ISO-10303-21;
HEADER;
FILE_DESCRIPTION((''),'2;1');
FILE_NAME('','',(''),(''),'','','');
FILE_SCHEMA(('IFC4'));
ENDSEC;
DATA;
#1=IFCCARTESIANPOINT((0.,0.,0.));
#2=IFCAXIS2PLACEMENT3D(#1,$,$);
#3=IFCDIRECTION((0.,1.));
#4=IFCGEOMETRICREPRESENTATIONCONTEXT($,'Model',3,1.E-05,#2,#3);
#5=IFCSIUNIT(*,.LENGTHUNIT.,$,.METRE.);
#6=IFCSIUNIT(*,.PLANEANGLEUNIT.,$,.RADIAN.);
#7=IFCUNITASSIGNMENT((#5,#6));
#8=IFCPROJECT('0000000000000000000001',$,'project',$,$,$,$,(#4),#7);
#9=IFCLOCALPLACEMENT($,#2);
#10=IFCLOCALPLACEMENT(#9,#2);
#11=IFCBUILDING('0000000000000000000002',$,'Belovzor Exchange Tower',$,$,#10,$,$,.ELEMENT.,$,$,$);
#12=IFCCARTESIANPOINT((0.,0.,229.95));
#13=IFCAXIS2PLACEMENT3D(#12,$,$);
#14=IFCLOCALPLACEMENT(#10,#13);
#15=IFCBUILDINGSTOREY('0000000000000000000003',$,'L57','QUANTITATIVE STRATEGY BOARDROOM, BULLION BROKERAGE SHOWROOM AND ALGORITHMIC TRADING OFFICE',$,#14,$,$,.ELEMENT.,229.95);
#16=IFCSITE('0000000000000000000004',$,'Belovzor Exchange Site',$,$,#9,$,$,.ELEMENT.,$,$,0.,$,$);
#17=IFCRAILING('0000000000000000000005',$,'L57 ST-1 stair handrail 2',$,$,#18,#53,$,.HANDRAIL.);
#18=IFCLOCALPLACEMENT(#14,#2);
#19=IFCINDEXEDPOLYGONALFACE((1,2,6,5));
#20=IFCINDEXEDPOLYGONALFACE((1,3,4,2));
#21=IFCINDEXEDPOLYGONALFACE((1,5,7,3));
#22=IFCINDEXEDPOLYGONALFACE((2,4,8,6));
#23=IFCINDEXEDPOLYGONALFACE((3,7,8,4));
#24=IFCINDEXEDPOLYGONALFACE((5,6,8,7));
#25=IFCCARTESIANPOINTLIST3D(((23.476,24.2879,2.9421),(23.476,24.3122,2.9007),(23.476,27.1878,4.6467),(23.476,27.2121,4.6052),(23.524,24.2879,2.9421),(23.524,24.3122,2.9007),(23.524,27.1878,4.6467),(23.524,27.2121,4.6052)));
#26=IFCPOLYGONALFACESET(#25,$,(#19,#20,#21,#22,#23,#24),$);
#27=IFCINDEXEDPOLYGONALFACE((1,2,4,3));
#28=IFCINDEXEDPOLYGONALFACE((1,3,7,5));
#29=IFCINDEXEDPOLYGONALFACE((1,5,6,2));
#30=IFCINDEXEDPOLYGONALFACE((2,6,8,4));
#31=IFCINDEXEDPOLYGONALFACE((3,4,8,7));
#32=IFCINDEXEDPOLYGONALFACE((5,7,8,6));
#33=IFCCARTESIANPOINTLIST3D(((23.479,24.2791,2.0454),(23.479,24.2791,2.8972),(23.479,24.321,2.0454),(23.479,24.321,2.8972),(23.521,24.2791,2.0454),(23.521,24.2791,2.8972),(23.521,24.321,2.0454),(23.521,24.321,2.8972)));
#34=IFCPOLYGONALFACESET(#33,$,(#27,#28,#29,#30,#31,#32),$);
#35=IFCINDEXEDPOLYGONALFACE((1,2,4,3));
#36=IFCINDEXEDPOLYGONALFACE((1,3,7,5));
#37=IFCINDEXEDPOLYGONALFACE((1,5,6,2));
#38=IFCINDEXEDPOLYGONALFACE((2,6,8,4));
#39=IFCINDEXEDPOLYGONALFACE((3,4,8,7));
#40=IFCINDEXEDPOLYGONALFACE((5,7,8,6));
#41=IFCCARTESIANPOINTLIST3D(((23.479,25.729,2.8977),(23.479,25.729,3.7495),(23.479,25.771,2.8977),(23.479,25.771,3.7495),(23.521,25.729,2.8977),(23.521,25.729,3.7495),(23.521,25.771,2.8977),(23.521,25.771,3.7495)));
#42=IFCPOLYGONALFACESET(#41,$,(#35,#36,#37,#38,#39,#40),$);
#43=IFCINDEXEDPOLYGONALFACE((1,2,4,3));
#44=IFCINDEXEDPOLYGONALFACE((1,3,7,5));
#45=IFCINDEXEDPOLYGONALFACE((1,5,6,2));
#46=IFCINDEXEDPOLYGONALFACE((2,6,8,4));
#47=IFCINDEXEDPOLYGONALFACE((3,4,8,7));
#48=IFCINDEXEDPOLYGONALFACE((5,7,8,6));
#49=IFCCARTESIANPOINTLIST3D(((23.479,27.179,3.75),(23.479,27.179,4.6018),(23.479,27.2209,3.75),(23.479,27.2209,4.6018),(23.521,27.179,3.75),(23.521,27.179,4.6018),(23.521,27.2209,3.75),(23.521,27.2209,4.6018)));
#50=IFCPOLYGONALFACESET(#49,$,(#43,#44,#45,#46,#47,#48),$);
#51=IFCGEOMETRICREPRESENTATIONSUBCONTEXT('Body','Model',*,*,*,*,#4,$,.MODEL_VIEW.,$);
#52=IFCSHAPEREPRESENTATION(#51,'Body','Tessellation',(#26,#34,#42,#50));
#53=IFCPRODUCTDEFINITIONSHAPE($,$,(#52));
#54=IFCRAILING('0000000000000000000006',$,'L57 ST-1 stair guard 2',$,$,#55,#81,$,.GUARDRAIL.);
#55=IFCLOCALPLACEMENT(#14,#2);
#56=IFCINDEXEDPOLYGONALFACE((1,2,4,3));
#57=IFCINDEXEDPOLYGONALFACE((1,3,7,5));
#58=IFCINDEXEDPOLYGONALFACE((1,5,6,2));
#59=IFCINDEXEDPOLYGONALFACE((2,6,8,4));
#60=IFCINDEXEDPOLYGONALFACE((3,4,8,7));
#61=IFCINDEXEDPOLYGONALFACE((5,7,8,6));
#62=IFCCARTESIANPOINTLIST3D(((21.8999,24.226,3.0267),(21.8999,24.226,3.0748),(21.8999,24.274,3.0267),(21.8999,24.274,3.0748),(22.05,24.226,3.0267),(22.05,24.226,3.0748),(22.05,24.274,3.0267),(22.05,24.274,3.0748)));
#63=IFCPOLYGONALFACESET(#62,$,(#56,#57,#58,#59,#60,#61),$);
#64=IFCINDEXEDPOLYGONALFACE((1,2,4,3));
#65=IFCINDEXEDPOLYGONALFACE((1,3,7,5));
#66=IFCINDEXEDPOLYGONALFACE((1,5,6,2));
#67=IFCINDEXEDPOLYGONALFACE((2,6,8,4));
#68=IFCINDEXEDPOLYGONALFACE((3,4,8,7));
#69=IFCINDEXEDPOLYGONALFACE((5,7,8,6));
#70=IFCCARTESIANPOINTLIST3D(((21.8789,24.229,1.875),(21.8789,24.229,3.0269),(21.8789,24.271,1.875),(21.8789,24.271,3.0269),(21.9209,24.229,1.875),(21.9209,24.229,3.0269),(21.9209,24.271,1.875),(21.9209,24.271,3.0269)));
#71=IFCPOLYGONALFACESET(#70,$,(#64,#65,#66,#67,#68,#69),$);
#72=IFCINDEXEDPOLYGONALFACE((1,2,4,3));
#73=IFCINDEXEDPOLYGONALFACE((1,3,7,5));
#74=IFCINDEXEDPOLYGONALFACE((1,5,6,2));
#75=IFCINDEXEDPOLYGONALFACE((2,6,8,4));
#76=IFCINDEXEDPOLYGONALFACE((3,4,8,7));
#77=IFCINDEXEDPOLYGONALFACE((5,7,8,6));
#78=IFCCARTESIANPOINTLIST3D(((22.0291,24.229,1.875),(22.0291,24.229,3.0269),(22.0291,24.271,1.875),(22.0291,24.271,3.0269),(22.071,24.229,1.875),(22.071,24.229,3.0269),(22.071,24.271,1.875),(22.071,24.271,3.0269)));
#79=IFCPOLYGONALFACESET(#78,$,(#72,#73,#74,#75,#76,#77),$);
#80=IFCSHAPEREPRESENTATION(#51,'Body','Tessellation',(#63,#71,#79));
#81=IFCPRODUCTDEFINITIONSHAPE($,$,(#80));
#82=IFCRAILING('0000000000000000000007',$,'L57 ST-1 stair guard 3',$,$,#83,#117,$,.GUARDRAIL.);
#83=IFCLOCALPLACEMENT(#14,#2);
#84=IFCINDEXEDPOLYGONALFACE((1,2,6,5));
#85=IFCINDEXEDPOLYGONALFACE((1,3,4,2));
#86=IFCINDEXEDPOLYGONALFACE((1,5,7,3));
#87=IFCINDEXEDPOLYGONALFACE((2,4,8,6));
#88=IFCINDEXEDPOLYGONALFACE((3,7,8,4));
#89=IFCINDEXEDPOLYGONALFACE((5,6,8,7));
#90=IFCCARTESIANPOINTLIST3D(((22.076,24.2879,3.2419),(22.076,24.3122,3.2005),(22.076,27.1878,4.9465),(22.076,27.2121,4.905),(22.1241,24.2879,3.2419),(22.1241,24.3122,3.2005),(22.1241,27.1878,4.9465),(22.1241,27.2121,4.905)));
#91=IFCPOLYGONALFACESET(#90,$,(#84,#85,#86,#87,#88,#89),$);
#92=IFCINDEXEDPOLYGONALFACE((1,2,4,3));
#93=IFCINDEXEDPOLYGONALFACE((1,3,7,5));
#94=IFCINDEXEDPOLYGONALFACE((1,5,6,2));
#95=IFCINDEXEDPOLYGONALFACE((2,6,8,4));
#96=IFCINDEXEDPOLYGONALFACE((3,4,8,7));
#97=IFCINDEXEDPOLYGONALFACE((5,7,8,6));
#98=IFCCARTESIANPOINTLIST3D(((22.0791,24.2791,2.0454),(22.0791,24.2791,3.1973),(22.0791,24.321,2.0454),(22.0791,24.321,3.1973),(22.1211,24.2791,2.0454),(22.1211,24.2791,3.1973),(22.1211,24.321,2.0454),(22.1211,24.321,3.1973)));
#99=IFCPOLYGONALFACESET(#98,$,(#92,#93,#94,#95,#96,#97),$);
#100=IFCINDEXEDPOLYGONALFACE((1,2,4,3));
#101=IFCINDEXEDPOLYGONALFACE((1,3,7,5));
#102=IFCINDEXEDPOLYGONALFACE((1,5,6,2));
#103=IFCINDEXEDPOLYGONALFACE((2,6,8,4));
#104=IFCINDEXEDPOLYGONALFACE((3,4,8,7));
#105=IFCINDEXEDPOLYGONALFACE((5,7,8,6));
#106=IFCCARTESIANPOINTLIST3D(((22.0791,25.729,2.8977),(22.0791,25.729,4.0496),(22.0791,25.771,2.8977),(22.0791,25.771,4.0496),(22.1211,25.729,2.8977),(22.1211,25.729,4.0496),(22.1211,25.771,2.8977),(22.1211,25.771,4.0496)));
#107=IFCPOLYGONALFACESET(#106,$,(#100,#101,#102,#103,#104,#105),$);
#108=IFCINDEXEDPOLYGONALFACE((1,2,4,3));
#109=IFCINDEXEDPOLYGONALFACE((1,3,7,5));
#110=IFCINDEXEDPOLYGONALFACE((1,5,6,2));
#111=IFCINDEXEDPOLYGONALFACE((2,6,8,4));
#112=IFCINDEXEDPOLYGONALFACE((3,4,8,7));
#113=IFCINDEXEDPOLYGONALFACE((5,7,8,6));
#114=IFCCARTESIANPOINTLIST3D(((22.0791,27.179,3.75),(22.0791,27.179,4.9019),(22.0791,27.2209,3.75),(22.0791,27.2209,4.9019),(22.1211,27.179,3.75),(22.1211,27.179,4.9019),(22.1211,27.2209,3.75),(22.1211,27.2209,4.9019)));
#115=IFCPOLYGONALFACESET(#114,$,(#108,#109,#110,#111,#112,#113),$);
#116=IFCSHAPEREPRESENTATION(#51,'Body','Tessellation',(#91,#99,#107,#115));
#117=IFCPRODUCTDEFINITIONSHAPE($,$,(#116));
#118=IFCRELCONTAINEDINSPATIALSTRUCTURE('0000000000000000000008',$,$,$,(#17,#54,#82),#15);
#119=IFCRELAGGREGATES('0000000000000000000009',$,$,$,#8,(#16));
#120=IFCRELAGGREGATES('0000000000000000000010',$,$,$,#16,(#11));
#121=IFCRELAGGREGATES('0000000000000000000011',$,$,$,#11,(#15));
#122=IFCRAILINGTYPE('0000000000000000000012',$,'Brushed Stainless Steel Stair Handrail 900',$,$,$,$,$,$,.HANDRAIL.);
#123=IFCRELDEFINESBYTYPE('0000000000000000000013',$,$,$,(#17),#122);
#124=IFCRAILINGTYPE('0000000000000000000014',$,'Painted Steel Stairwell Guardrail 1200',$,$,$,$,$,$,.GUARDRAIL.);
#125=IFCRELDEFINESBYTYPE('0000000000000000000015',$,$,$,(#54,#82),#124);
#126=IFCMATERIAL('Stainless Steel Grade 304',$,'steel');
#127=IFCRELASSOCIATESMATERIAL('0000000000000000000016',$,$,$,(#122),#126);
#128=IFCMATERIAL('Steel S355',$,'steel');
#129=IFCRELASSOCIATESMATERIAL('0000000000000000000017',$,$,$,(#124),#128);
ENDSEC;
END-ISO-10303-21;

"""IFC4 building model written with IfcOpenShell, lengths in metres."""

from ifc_helpers import new_model, si_unit, direction, frame, origin, origin_2d, place, context, subcontext, project, spatial, rectangle, extrude, material, type_object, element, save


model = new_model("IFC4")

# Units and contexts
model_context = context("Model", 3, precision=1e-05, world=origin(), true_north=direction((0.0, 1.0)))
body_context = subcontext(model_context, "Body", "Model", "MODEL_VIEW")
ifc_project = project(units=[si_unit("LENGTHUNIT", "METRE"), si_unit("PLANEANGLEUNIT", "RADIAN")], contexts=[model_context])

# Site, building, storey
site_placement = place(None, origin())
site = spatial("IfcSite", under=ifc_project, at=site_placement, Name="Belovzor Exchange Site", CompositionType="ELEMENT", RefElevation=0.0)
building_placement = place(site_placement, origin())
building = spatial("IfcBuilding", under=site, at=building_placement, Name="Belovzor Exchange Tower", CompositionType="ELEMENT")
storey_placement = place(building_placement, frame((0.0, 0.0, 229.95)))
storey = spatial("IfcBuildingStorey", under=building, at=storey_placement, Name="L57", Description="QUANTITATIVE STRATEGY BOARDROOM, BULLION BROKERAGE SHOWROOM AND ALGORITHMIC TRADING OFFICE", CompositionType="ELEMENT", Elevation=229.95)

# Railings
ifc_material_1 = material(Name="Stainless Steel Grade 304", Category="steel")
railing_type_1 = type_object("IfcRailingType", Name="Brushed Stainless Steel Stair Handrail 900", PredefinedType="HANDRAIL", material=ifc_material_1)
railing_1_placement = place(storey_placement, frame((23.5, 24.3, 2.0454)))
element("IfcRailing", 1, at=railing_1_placement, inside=storey, type_object=railing_type_1, Name="L57 ST-1 stair handrail 2", PredefinedType="HANDRAIL", context=body_context, shape_type="SweptSolid", body=[
    extrude(rectangle(XDim=0.0481, YDim=0.0481, at=origin_2d()), frame((0.0, 0.0, 0.876), z_axis=(0.0, 0.862095, 0.506747), x_axis=(-1.0, 0.0, 0.0)), (0.0, 0.0, 1.0), 3.3638),
    extrude(rectangle(XDim=0.042, YDim=0.042, at=origin_2d()), origin(), (0.0, 0.0, 1.0), 0.8518),
    extrude(rectangle(XDim=0.042, YDim=0.042, at=origin_2d()), frame((0.0, 1.45, 0.8523)), (0.0, 0.0, 1.0), 0.8518),
    extrude(rectangle(XDim=0.042, YDim=0.042, at=origin_2d()), frame((0.0, 2.8999, 1.7046)), (0.0, 0.0, 1.0), 0.8518),
])
ifc_material_2 = material(Name="Steel S355", Category="steel")
railing_type_2 = type_object("IfcRailingType", Name="Painted Steel Stairwell Guardrail 1200", PredefinedType="GUARDRAIL", material=ifc_material_2)
railing_2_placement = place(storey_placement, frame((21.8999, 24.25, 1.875)))
element("IfcRailing", 2, at=railing_2_placement, inside=storey, type_object=railing_type_2, Name="L57 ST-1 stair guard 2", PredefinedType="GUARDRAIL", context=body_context, shape_type="SweptSolid", body=[
    extrude(rectangle(XDim=0.0481, YDim=0.0481, at=origin_2d()), frame((0.0, 0.0, 1.1758), z_axis=(1.0, 0.0, 0.0), x_axis=(0.0, 1.0, 0.0)), (0.0, 0.0, 1.0), 0.1501),
    extrude(rectangle(XDim=0.042, YDim=0.042, at=origin_2d()), origin(), (0.0, 0.0, 1.0), 1.1519),
    extrude(rectangle(XDim=0.042, YDim=0.042, at=origin_2d()), frame((0.1501, 0.0, 0.0)), (0.0, 0.0, 1.0), 1.1519),
])
railing_3_placement = place(storey_placement, frame((22.1001, 24.3, 2.0454)))
element("IfcRailing", 3, at=railing_3_placement, inside=storey, type_object=railing_type_2, Name="L57 ST-1 stair guard 3", PredefinedType="GUARDRAIL", context=body_context, shape_type="SweptSolid", body=[
    extrude(rectangle(XDim=0.0481, YDim=0.0481, at=origin_2d()), frame((0.0, 0.0, 1.1758), z_axis=(0.0, 0.862095, 0.506747), x_axis=(-1.0, 0.0, 0.0)), (0.0, 0.0, 1.0), 3.3638),
    extrude(rectangle(XDim=0.042, YDim=0.042, at=origin_2d()), origin(), (0.0, 0.0, 1.0), 1.1519),
    extrude(rectangle(XDim=0.042, YDim=0.042, at=origin_2d()), frame((0.0, 1.45, 0.8523)), (0.0, 0.0, 1.0), 1.1519),
    extrude(rectangle(XDim=0.042, YDim=0.042, at=origin_2d()), frame((0.0, 2.8999, 1.7046)), (0.0, 0.0, 1.0), 1.1519),
])

save(model, "model.ifc")
